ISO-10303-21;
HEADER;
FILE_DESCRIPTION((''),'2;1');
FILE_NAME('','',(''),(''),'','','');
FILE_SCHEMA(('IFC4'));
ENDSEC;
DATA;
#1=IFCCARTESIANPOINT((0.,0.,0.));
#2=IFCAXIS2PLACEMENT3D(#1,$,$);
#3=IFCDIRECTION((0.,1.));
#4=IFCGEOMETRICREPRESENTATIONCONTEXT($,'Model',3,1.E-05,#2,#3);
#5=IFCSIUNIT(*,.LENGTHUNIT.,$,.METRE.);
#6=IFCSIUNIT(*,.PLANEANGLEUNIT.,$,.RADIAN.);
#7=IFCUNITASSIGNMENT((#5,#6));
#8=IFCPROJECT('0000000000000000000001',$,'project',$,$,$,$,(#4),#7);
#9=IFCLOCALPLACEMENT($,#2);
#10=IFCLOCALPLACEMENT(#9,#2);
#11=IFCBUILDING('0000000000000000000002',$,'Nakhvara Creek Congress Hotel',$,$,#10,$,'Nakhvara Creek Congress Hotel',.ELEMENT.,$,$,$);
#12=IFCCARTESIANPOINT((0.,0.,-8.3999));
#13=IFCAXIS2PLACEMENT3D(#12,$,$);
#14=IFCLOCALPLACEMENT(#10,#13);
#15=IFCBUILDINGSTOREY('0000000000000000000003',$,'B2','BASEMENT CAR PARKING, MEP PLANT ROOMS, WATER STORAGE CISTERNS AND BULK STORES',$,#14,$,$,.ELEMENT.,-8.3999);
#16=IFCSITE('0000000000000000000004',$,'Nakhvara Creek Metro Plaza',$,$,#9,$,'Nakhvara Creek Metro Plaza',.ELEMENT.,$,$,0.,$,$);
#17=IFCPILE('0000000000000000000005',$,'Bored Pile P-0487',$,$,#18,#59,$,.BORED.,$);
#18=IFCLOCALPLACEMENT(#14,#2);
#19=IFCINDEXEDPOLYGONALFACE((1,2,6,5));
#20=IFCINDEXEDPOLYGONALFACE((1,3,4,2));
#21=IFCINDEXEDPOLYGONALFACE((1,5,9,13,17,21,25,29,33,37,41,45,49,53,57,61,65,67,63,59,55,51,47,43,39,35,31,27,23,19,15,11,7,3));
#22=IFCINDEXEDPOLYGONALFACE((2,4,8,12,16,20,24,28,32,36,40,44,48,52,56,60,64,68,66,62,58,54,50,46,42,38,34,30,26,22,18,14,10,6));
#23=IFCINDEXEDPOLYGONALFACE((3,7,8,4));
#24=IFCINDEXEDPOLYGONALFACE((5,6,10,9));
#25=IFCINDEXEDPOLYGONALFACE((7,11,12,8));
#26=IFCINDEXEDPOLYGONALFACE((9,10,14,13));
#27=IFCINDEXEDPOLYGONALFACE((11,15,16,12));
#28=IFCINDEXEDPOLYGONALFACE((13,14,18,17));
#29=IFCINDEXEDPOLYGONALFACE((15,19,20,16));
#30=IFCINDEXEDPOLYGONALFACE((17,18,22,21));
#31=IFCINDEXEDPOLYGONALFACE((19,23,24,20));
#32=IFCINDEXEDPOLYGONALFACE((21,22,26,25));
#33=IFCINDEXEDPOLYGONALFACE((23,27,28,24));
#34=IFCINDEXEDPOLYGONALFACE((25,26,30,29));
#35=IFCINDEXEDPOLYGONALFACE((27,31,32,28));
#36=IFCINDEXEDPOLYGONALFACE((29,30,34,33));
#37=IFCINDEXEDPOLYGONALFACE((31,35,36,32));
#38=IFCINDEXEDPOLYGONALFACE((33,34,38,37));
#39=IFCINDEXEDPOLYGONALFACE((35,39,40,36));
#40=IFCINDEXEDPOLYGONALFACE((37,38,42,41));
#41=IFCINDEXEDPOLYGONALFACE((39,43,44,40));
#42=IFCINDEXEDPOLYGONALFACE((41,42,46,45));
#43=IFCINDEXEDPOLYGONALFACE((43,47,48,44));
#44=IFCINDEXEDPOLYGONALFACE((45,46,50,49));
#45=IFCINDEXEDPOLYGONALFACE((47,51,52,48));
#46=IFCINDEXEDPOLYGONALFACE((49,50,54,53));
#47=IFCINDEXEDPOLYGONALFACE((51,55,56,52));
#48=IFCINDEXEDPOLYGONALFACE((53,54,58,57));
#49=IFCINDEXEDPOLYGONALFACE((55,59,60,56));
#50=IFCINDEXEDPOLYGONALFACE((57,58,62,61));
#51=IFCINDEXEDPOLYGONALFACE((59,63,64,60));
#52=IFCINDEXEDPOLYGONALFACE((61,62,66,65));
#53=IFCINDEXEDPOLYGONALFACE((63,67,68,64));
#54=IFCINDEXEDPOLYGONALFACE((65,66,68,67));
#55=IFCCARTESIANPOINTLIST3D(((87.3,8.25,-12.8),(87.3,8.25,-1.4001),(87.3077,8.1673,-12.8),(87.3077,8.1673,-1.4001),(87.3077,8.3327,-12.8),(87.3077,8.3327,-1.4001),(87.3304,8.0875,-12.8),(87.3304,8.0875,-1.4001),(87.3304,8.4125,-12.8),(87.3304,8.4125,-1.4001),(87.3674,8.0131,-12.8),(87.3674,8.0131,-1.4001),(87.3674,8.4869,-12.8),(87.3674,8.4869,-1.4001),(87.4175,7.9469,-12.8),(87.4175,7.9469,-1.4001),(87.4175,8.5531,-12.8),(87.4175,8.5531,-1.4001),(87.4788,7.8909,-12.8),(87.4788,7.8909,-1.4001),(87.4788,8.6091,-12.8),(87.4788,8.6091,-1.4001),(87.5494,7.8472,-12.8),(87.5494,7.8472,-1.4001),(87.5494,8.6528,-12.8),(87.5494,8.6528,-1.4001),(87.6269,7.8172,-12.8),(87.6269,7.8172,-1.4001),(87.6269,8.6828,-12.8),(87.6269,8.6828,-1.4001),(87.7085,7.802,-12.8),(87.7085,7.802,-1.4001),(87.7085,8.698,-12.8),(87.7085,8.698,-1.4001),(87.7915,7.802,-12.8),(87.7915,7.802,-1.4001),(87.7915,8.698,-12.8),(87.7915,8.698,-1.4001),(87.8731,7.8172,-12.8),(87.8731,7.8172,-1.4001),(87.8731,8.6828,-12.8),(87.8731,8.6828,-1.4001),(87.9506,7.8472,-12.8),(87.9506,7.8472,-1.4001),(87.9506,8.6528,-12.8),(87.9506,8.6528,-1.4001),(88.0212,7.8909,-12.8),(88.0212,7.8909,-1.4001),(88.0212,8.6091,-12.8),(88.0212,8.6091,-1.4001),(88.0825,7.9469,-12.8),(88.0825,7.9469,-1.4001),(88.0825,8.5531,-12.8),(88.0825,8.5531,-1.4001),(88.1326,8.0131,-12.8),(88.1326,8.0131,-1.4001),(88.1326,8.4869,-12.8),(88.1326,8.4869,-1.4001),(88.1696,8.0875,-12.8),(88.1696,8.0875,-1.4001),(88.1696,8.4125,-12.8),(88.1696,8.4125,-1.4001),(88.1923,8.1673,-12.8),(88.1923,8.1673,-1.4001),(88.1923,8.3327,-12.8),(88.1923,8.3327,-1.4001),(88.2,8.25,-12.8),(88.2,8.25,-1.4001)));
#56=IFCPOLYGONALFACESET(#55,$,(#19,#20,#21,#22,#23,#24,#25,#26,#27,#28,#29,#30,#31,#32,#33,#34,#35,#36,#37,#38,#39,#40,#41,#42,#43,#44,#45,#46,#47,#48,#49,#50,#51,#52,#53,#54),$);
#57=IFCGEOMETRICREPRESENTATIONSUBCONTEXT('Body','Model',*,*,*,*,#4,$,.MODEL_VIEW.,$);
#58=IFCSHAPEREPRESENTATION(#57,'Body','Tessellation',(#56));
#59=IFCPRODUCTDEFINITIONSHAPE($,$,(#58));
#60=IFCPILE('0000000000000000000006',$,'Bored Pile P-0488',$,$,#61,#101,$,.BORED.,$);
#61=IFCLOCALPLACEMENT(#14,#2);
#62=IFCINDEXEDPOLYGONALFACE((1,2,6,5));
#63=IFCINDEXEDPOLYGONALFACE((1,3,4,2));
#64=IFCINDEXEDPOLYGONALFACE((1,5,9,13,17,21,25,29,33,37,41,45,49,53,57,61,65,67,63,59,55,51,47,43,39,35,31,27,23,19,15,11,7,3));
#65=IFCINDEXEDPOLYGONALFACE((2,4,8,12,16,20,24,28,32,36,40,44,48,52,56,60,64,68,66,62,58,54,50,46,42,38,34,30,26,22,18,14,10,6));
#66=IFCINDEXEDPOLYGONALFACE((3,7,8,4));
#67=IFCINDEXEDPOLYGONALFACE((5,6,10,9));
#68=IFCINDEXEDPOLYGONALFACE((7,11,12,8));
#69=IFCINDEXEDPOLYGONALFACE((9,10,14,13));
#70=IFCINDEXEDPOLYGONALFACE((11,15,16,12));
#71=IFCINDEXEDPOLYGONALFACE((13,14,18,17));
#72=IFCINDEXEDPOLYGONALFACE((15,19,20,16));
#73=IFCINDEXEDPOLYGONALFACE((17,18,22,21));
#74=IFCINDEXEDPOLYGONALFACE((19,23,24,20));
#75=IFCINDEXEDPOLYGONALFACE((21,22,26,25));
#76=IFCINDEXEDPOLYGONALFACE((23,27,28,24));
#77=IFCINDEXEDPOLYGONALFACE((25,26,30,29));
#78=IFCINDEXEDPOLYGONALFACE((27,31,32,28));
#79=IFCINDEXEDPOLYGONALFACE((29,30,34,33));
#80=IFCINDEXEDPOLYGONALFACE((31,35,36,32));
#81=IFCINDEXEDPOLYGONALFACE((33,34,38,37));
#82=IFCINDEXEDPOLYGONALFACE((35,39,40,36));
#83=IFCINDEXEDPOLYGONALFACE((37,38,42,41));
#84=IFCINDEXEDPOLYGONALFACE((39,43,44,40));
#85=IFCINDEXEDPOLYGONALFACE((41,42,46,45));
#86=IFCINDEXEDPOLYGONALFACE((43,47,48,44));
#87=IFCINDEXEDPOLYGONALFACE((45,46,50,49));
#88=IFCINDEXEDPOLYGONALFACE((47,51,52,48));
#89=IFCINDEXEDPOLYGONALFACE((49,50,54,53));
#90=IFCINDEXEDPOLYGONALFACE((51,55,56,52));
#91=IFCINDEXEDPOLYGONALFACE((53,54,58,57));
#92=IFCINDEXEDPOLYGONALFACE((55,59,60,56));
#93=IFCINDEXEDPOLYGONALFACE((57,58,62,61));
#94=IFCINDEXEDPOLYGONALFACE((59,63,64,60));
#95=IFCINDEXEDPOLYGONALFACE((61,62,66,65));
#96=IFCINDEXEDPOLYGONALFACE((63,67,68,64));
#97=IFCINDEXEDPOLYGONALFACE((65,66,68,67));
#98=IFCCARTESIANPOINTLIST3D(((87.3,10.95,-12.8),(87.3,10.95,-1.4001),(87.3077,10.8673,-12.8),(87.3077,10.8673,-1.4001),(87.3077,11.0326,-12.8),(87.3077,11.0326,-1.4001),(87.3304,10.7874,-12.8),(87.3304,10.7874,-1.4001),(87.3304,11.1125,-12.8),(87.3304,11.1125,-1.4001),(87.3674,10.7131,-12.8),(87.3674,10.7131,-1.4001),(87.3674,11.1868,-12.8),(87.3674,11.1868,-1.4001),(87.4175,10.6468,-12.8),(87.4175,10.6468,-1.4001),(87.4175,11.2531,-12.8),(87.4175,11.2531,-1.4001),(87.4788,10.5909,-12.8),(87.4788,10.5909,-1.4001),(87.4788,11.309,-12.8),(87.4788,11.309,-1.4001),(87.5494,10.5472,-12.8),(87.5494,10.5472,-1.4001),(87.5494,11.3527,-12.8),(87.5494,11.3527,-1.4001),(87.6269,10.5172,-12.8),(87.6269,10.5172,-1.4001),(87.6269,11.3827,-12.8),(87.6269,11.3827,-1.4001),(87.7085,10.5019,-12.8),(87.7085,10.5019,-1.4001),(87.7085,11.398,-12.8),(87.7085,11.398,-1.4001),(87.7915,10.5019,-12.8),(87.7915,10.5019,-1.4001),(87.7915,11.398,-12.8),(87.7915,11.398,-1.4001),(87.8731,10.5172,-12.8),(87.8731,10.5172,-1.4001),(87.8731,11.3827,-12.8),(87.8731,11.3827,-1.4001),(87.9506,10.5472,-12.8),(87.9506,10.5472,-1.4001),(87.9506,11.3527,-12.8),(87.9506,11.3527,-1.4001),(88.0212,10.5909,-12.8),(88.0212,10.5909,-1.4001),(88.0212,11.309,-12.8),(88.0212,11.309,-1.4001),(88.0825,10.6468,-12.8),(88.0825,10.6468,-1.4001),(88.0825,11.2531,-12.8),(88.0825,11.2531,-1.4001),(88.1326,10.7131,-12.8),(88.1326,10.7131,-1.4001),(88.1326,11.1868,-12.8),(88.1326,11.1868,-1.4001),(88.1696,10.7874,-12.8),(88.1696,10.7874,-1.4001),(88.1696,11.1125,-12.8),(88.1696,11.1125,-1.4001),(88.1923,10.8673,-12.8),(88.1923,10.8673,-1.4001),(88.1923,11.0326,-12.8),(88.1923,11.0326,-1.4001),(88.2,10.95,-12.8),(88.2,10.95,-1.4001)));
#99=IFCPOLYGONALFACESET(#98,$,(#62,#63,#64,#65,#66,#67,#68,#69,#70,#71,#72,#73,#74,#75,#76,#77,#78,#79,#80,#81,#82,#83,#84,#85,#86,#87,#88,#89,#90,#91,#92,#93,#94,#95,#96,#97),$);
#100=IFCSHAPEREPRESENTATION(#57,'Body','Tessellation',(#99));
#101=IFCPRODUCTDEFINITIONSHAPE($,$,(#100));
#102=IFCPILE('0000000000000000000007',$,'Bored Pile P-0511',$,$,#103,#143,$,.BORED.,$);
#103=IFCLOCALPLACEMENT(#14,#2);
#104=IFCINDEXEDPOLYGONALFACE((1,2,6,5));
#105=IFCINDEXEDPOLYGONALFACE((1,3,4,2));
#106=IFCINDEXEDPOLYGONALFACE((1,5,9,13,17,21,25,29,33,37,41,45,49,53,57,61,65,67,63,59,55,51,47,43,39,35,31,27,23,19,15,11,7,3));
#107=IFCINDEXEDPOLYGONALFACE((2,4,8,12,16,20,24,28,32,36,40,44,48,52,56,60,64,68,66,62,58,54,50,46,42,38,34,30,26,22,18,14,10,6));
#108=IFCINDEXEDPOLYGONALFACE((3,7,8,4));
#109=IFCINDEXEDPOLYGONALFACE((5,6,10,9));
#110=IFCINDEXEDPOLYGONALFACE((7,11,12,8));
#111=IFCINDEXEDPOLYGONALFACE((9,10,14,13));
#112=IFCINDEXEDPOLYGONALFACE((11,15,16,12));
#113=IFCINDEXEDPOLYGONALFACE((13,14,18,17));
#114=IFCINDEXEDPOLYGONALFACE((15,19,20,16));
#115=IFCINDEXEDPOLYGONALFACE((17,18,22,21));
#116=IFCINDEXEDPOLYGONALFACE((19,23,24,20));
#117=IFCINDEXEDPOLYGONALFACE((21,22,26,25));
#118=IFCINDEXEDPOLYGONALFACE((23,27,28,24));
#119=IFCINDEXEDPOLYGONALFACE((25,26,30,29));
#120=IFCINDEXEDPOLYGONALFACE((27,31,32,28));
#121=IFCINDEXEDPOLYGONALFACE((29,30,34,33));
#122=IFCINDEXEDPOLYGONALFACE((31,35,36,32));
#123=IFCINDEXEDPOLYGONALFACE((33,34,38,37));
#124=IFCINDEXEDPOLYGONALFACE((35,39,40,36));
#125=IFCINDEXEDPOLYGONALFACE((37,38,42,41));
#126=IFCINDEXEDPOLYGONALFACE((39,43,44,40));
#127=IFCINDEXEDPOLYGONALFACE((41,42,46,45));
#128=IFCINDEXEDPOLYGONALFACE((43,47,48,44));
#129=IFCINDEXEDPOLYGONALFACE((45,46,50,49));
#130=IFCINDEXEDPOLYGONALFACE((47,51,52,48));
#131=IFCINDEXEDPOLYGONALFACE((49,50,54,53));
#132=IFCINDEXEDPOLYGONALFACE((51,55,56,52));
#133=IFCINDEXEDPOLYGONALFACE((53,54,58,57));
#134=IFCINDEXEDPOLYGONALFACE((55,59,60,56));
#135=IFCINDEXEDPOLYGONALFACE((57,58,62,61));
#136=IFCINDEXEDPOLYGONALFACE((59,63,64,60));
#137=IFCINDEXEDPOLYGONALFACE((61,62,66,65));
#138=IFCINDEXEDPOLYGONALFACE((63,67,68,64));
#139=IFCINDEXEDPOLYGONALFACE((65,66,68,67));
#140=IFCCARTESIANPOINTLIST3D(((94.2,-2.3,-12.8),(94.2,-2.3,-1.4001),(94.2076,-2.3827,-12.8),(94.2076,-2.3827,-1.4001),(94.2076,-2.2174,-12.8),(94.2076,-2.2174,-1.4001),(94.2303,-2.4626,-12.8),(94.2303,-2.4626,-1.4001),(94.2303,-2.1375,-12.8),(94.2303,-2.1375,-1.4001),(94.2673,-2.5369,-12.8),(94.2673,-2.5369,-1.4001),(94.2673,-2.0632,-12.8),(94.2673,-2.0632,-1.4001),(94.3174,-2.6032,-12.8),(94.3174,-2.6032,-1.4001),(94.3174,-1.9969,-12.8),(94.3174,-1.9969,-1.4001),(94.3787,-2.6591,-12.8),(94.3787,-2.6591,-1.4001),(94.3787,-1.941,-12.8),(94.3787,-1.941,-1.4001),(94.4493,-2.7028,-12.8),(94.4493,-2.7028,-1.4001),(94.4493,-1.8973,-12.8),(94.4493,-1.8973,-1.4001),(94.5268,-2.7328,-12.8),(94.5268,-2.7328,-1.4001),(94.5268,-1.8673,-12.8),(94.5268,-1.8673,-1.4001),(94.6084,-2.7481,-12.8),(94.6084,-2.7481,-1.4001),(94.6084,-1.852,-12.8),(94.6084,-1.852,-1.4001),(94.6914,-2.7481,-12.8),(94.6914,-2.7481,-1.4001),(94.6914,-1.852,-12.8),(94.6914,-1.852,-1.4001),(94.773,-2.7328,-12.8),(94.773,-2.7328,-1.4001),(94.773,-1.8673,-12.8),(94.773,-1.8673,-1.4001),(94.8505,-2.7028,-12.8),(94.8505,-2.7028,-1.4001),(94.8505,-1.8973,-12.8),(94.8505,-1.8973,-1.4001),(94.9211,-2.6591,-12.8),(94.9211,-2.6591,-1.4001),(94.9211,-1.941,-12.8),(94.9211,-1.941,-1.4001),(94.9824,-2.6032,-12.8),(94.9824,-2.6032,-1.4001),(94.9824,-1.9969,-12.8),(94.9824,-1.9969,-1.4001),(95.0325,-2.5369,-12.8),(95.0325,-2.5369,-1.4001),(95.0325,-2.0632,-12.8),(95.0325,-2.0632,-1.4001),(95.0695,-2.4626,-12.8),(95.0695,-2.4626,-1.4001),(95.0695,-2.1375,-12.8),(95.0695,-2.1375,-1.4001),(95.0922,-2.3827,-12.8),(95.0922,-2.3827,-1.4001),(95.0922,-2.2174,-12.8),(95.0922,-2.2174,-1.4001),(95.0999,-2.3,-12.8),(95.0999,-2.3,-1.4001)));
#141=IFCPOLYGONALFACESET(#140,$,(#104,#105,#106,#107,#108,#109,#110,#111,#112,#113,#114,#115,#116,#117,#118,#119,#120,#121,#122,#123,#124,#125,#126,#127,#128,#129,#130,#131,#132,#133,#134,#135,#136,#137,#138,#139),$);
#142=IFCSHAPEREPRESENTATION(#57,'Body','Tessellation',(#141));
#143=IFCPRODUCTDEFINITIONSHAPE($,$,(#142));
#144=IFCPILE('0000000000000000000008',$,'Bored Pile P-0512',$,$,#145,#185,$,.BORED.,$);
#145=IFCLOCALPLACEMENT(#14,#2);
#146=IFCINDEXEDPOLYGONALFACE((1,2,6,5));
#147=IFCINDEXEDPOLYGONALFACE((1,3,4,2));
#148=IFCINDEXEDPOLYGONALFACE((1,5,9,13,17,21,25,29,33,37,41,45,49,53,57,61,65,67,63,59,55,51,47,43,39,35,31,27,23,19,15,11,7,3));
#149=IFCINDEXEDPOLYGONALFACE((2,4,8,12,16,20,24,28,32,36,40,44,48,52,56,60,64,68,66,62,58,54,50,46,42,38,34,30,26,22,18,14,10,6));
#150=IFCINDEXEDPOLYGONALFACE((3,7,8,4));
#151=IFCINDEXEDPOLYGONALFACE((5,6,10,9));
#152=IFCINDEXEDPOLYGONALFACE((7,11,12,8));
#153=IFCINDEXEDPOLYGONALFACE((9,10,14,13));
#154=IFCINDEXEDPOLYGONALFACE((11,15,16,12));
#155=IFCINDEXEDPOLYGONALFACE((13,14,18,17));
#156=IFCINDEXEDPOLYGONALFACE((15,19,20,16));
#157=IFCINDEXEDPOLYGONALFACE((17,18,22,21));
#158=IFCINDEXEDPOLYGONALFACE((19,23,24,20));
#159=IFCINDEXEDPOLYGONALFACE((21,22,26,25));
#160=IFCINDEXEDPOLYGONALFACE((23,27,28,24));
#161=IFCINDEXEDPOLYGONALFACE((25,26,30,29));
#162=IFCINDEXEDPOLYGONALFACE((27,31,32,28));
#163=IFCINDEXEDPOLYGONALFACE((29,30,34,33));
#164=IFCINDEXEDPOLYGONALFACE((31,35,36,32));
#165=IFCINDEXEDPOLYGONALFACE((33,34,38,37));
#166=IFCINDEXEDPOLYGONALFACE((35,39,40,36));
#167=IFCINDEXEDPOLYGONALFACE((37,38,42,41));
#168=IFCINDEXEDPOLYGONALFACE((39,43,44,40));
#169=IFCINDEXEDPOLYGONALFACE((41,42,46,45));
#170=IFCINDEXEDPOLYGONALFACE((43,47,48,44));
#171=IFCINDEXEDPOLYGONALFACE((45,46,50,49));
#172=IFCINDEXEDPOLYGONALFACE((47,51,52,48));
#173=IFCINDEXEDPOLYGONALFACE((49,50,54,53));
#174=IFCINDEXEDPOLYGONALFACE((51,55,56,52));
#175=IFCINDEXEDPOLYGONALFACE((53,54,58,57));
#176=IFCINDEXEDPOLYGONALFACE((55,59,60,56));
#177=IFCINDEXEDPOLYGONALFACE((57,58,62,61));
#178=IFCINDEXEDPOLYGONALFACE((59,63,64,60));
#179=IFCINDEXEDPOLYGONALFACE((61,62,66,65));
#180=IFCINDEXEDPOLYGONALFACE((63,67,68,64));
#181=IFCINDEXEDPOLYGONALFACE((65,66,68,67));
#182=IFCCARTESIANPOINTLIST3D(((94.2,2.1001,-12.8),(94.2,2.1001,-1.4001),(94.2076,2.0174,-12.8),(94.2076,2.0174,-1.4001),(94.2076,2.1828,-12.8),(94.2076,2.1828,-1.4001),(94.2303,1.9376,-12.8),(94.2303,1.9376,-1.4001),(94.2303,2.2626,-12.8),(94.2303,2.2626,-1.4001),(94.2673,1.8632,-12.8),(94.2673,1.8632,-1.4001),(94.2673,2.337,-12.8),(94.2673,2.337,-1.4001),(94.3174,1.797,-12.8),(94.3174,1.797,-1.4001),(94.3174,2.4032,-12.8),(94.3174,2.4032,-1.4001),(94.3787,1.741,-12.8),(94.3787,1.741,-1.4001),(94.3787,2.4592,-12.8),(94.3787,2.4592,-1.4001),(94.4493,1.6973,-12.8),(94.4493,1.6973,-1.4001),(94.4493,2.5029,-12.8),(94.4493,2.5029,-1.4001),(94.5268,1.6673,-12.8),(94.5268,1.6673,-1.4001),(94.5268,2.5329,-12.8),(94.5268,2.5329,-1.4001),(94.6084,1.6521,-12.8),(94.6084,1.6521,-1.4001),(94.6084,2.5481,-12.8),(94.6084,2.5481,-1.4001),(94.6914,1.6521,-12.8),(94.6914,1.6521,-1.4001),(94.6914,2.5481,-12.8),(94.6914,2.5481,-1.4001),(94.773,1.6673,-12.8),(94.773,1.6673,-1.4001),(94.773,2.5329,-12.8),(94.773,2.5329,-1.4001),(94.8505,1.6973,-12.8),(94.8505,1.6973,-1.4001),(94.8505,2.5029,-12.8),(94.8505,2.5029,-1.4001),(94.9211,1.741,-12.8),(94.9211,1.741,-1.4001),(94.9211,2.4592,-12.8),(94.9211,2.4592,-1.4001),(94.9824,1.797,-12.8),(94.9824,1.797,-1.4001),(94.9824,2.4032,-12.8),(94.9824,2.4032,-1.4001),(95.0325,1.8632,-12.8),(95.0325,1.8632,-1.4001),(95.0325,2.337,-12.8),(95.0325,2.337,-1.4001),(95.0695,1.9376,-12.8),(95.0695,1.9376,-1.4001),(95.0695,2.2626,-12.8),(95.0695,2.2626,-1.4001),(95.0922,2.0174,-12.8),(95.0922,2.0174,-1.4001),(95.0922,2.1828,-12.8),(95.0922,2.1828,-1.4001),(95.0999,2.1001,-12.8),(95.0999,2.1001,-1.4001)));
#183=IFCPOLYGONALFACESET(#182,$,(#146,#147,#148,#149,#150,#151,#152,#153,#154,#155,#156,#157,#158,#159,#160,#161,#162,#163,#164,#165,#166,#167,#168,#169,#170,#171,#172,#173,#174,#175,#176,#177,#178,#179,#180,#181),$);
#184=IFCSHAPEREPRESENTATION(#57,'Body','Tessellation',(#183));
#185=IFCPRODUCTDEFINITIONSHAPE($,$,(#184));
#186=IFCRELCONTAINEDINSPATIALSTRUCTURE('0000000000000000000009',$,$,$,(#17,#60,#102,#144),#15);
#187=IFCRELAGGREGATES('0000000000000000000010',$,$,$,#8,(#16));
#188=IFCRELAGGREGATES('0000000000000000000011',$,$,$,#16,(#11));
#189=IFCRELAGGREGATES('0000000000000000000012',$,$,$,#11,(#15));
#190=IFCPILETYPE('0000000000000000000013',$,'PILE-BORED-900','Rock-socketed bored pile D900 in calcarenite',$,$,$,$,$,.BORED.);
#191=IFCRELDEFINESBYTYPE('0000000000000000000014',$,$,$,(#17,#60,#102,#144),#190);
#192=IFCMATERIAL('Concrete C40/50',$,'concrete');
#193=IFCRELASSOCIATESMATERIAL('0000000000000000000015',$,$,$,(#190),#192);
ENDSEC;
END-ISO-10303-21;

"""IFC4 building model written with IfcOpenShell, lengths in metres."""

from ifc_helpers import new_model, si_unit, direction, frame, origin, origin_2d, place, context, subcontext, project, spatial, circle, extrude, material, material_profile, profile_set, type_object, element, save


model = new_model("IFC4")

# Units and contexts
model_context = context("Model", 3, precision=1e-05, world=origin(), true_north=direction((0.0, 1.0)))
body_context = subcontext(model_context, "Body", "Model", "MODEL_VIEW")
ifc_project = project(units=[si_unit("LENGTHUNIT", "METRE"), si_unit("PLANEANGLEUNIT", "RADIAN")], contexts=[model_context])

# Site, building, storey
site_placement = place(None, origin())
site = spatial("IfcSite", under=ifc_project, at=site_placement, Name="Nakhvara Creek Metro Plaza", LongName="Nakhvara Creek Metro Plaza", CompositionType="ELEMENT", RefElevation=0.0)
building_placement = place(site_placement, origin())
building = spatial("IfcBuilding", under=site, at=building_placement, Name="Nakhvara Creek Congress Hotel", LongName="Nakhvara Creek Congress Hotel", CompositionType="ELEMENT")
storey_placement = place(building_placement, frame((0.0, 0.0, -8.3999)))
storey = spatial("IfcBuildingStorey", under=building, at=storey_placement, Name="B2", Description="BASEMENT CAR PARKING, MEP PLANT ROOMS, WATER STORAGE CISTERNS AND BULK STORES", CompositionType="ELEMENT", Elevation=-8.3999)

# Shared definitions
ifc_material_1 = material(Name="Concrete C40/50", Category="concrete")

# Piles
ifc_material_profile_1 = material_profile(ifc_material_1, circle(Radius=0.45, at=origin_2d()), Name="BORED PILE D900", Category="LoadBearing")
ifc_profile_set_1 = profile_set([ifc_material_profile_1], Name="Concrete C40/50")
pile_type = type_object("IfcPileType", Name="PILE-BORED-900", Description="Rock-socketed bored pile D900 in calcarenite", PredefinedType="BORED", material=ifc_profile_set_1)
for number, where, z_axis, x_axis, name in (
    (1, (87.75, 8.25, -1.4001), (0.0, 0.0, -1.0), (1.0, 0.0, 0.0), "Bored Pile P-0487"),
    (2, (87.75, 10.95, -1.4001), (0.0, 0.0, -1.0), (1.0, 0.0, 0.0), "Bored Pile P-0488"),
    (3, (94.6499, -2.3, -1.4001), (0.0, 0.0, -1.0), (1.0, 0.0, 0.0), "Bored Pile P-0511"),
    (4, (94.6499, 2.1001, -1.4001), (0.0, 0.0, -1.0), (1.0, 0.0, 0.0), "Bored Pile P-0512"),
):
    element("IfcPile", number, at=place(storey_placement, frame(where, z_axis=z_axis, x_axis=x_axis)), inside=storey, type_object=pile_type, Name=name, PredefinedType="BORED", context=body_context, shape_type="SweptSolid", body=[
        extrude(circle(Radius=0.45, at=origin_2d()), origin(), (0.0, 0.0, 1.0), 11.3999),
    ])

save(model, "model.ifc")
